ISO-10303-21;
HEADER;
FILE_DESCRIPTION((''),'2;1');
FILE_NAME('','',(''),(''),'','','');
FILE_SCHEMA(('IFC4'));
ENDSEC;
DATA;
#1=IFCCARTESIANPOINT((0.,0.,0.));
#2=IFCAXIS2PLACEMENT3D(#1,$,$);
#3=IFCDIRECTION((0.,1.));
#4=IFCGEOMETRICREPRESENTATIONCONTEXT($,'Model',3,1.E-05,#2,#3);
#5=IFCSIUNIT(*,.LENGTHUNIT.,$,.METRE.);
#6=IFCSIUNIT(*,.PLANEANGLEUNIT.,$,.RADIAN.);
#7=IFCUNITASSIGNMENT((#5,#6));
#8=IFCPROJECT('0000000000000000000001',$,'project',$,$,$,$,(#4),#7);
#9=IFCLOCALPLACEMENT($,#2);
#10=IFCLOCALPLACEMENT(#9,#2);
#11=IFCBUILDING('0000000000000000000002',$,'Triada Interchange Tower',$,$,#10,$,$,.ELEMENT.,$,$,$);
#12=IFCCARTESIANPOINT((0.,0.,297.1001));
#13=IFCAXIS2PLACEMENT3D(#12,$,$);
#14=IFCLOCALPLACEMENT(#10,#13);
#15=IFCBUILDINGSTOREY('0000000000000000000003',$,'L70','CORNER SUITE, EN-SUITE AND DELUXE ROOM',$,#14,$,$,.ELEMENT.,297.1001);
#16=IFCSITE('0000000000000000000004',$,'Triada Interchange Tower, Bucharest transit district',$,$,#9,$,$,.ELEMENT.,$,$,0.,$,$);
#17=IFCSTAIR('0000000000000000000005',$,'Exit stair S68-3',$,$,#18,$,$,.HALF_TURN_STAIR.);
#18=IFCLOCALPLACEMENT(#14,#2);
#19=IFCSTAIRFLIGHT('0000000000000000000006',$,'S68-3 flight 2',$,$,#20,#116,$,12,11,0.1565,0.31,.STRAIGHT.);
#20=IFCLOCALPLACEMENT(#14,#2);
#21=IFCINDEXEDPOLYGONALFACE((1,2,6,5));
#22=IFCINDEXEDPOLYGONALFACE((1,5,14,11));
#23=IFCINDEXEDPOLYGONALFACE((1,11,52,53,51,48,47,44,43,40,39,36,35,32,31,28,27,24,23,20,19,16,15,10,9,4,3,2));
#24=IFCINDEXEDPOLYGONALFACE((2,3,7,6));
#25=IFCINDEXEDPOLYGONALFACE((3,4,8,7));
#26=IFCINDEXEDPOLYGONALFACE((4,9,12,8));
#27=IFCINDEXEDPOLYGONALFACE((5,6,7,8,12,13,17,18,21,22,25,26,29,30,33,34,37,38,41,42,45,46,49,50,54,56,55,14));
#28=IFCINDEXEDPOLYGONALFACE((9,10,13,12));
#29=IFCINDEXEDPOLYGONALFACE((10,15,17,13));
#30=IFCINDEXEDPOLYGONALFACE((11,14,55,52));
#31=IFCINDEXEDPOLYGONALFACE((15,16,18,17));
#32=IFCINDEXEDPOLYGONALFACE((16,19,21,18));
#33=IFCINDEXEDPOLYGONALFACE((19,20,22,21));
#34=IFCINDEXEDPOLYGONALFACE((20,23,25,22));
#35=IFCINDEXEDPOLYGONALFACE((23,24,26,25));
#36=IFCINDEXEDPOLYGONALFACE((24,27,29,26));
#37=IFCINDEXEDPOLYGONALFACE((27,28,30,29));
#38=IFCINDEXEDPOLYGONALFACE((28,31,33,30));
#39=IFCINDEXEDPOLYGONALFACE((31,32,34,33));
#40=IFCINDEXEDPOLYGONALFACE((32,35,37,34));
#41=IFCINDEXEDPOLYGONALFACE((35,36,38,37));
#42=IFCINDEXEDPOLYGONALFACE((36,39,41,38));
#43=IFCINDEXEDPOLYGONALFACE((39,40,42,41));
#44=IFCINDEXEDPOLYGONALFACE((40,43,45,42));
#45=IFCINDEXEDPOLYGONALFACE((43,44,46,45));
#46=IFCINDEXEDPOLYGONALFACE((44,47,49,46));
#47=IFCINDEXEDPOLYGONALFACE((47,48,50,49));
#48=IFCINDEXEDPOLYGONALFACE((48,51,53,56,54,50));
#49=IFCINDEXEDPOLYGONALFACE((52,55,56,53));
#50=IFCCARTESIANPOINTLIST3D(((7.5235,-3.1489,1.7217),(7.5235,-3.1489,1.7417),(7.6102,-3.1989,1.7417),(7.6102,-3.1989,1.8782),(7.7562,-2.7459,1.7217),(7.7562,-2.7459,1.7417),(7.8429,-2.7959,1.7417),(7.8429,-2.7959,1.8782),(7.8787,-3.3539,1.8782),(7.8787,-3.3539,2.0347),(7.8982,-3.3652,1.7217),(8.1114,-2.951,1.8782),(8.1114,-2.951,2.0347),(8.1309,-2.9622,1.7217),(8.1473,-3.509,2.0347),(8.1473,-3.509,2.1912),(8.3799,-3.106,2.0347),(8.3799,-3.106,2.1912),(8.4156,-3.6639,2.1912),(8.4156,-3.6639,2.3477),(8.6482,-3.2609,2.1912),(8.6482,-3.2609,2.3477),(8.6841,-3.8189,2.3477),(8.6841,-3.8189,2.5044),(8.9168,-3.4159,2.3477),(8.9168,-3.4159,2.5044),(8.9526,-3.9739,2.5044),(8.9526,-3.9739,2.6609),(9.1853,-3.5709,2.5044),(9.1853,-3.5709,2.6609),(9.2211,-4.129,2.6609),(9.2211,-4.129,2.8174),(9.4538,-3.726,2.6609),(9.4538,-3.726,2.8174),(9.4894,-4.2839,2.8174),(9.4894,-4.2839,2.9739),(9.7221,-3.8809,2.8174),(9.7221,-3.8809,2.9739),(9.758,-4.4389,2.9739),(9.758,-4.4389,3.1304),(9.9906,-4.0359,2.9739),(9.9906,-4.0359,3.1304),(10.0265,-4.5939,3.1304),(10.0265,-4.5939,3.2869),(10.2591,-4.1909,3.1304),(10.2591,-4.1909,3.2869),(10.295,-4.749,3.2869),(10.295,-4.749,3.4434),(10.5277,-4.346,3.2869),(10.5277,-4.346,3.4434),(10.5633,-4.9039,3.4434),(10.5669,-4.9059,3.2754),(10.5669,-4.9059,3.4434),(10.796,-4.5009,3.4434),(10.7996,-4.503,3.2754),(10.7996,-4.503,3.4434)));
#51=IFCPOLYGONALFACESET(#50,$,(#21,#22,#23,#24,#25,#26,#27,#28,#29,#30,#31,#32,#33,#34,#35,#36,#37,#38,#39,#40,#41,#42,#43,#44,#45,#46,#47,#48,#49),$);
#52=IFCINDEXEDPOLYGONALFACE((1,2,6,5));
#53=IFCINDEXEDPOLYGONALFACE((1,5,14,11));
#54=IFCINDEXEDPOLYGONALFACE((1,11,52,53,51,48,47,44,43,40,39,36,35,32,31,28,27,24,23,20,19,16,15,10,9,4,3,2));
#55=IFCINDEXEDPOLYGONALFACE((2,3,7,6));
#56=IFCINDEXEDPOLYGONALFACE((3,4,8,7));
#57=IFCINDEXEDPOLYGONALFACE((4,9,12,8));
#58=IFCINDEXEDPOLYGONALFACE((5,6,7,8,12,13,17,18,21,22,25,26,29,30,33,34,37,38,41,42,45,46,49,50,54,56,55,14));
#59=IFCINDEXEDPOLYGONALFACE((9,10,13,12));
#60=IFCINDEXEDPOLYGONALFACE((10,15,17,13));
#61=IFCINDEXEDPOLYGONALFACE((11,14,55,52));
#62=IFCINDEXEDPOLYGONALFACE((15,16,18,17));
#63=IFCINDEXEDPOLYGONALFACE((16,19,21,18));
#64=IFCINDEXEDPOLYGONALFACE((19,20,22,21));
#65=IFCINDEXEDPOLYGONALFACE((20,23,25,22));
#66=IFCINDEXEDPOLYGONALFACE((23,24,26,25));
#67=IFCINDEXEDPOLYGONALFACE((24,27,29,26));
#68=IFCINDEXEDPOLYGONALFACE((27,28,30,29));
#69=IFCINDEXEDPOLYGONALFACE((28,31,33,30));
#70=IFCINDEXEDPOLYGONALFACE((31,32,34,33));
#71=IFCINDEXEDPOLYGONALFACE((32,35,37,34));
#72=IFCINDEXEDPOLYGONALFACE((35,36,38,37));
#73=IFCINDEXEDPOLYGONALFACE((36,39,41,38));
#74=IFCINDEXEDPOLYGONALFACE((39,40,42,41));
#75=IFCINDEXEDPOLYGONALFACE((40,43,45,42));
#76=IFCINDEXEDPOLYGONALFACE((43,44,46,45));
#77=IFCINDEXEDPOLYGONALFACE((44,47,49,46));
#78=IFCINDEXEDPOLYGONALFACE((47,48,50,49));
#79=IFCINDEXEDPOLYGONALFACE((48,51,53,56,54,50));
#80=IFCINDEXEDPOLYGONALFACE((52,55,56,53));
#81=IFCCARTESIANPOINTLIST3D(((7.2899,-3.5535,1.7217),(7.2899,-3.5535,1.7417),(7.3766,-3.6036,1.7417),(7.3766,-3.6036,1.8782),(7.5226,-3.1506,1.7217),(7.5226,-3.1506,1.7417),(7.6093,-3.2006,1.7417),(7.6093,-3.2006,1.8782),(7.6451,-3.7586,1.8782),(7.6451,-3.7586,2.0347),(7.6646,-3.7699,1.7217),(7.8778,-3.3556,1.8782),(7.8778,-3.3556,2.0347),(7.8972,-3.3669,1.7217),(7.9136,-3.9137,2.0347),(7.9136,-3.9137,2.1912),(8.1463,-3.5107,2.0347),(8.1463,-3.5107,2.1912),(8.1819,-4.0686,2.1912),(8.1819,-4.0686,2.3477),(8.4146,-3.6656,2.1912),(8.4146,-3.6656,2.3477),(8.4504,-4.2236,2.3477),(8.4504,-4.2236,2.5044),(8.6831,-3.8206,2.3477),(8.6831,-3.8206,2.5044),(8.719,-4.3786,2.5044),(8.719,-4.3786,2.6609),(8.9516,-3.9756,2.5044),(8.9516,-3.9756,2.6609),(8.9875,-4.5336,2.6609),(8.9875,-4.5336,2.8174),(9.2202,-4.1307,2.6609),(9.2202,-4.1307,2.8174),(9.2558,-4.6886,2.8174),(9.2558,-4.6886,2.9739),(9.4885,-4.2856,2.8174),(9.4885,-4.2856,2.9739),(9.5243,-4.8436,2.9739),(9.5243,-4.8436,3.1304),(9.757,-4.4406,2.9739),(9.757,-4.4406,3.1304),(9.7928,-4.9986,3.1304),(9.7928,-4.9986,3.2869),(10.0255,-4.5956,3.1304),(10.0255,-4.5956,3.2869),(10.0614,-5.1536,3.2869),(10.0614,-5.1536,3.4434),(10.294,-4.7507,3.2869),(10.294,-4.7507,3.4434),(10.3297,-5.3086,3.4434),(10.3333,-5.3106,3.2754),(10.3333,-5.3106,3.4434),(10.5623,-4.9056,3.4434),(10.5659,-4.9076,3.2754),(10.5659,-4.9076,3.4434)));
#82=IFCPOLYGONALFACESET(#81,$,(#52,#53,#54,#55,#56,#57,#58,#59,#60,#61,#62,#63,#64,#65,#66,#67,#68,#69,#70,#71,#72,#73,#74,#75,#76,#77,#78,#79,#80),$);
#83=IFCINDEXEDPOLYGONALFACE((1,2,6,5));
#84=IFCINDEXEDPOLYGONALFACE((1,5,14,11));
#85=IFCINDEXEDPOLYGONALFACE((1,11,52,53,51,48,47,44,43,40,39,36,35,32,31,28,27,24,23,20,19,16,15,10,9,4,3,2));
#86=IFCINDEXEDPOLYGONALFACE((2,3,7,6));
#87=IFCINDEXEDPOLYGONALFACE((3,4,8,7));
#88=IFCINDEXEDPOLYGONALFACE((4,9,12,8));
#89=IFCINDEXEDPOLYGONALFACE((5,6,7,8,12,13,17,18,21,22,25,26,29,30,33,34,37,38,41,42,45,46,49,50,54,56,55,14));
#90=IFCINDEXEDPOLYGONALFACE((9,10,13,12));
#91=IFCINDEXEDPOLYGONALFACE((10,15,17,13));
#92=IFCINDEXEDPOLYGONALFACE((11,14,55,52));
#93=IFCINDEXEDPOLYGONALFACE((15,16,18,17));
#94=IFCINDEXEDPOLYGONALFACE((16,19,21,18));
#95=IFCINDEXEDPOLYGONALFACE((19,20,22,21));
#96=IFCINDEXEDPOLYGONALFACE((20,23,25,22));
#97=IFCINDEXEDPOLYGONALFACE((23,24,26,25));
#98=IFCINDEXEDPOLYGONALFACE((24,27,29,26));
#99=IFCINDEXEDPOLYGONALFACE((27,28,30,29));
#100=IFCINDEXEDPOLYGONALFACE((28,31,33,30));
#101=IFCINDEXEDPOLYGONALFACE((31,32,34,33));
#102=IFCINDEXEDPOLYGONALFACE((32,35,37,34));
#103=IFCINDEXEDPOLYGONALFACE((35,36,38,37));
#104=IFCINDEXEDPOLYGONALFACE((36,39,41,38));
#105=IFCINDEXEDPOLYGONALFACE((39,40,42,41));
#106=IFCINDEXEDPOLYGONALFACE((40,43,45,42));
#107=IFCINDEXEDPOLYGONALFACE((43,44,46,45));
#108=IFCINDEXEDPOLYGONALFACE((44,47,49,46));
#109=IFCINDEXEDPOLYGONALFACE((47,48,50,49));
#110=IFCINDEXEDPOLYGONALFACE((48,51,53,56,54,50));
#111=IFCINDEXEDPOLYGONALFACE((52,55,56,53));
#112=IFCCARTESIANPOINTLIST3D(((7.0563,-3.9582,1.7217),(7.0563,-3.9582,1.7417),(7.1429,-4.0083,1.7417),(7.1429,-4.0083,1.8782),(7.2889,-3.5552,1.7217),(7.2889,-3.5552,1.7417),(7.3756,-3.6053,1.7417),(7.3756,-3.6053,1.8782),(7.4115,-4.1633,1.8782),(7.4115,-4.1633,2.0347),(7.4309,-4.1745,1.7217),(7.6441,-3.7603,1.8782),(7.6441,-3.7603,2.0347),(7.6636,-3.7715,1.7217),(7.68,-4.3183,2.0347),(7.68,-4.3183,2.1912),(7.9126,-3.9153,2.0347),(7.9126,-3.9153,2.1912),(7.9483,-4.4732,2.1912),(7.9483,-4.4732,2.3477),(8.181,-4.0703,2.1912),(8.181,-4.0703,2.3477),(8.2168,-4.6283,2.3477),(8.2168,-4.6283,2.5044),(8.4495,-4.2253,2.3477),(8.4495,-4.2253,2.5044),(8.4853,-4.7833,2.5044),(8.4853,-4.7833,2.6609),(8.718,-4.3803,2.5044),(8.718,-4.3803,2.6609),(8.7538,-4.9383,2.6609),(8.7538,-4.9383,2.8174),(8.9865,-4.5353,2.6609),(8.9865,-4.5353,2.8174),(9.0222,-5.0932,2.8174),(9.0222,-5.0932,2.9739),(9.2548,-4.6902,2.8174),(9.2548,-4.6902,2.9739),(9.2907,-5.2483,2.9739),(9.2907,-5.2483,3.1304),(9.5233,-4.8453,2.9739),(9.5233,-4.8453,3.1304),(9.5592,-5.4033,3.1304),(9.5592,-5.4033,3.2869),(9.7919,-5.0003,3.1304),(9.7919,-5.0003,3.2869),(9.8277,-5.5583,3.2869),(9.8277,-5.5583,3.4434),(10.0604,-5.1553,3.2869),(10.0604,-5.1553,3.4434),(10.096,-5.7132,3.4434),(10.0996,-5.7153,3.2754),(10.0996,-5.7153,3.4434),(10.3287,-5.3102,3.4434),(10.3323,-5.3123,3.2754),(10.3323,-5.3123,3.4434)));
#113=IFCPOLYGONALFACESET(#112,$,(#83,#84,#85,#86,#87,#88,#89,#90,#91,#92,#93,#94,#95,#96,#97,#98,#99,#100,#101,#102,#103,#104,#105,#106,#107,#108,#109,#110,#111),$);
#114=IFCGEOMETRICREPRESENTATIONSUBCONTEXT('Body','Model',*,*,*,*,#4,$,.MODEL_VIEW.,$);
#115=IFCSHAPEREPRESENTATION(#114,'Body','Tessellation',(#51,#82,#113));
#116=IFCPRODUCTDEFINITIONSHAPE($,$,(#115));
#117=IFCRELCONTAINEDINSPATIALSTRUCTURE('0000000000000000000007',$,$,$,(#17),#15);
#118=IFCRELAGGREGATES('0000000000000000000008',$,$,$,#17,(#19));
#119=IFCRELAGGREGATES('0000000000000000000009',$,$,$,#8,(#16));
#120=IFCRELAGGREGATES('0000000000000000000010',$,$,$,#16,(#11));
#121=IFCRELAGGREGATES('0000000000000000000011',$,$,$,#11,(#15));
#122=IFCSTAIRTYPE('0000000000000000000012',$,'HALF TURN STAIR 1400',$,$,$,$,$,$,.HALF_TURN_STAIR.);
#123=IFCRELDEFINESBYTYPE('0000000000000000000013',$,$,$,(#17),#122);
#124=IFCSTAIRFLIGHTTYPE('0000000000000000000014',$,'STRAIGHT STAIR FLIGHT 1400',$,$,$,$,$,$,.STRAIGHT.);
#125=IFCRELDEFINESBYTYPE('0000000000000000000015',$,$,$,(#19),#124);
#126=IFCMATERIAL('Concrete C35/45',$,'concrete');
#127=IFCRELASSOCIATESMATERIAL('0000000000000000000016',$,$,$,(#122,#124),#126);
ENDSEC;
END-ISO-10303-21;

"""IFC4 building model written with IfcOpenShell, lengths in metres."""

from ifc_helpers import new_model, si_unit, direction, frame, origin, place, context, subcontext, project, spatial, polyline, outline, extrude, material, type_object, element, aggregate, save


model = new_model("IFC4")

# Units and contexts
model_context = context("Model", 3, precision=1e-05, world=origin(), true_north=direction((0.0, 1.0)))
body_context = subcontext(model_context, "Body", "Model", "MODEL_VIEW")
ifc_project = project(units=[si_unit("LENGTHUNIT", "METRE"), si_unit("PLANEANGLEUNIT", "RADIAN")], contexts=[model_context])

# Site, building, storey
site_placement = place(None, origin())
site = spatial("IfcSite", under=ifc_project, at=site_placement, Name="Triada Interchange Tower, Bucharest transit district", CompositionType="ELEMENT", RefElevation=0.0)
building_placement = place(site_placement, origin())
building = spatial("IfcBuilding", under=site, at=building_placement, Name="Triada Interchange Tower", CompositionType="ELEMENT")
storey_placement = place(building_placement, frame((0.0, 0.0, 297.1001)))
storey = spatial("IfcBuildingStorey", under=building, at=storey_placement, Name="L70", Description="CORNER SUITE, EN-SUITE AND DELUXE ROOM", CompositionType="ELEMENT", Elevation=297.1001)

# Stair, stair flight
ifc_material_1 = material(Name="Concrete C35/45", Category="concrete")
stair_type = type_object("IfcStairType", Name="HALF TURN STAIR 1400", PredefinedType="HALF_TURN_STAIR", material=ifc_material_1)
stair_placement = place(storey_placement, origin())
stair = element("IfcStair", 1, at=stair_placement, inside=storey, type_object=stair_type, Name="Exit stair S68-3", PredefinedType="HALF_TURN_STAIR")
stair_flight_type = type_object("IfcStairFlightType", Name="STRAIGHT STAIR FLIGHT 1400", PredefinedType="STRAIGHT", material=ifc_material_1)
stair_flight_1_placement = place(storey_placement, frame((7.4929, -3.4021, 1.7217), z_axis=(0.0, 0.0, 1.0), x_axis=(0.866025, -0.5, 0.0)))
stair_flight_1 = element("IfcStairFlight", 2, at=stair_flight_1_placement, type_object=stair_flight_type, Name="S68-3 flight 2", NumberOfRisers=12, NumberOfTreads=11, PredefinedType="STRAIGHT", RiserHeight=0.1565, TreadLength=0.31, context=body_context, shape_type="SweptSolid", body=[
    extrude(outline(polyline([(-0.1001, 0.0), (-0.1001, 0.02), (0.0, 0.02), (0.0, 0.1565), (0.3101, 0.1565), (0.3101, 0.313), (0.6201, 0.313), (0.6201, 0.4695), (0.9299, 0.4695), (0.9299, 0.626), (1.24, 0.626), (1.24, 0.7827), (1.55, 0.7827), (1.55, 0.9392), (1.8601, 0.9392), (1.8601, 1.0957), (2.1699, 1.0957), (2.1699, 1.2522), (2.48, 1.2522), (2.48, 1.4087), (2.79, 1.4087), (2.79, 1.5652), (3.1001, 1.5652), (3.1001, 1.7217), (3.4099, 1.7217), (3.4141, 1.7217), (3.4141, 1.8782), (3.4141, 1.5537), (0.3325, 0.0), (-0.1001, 0.0)])), frame((0.0, 0.7, 0.0), z_axis=(0.0, -1.0, 0.0), x_axis=(1.0, 0.0, 0.0)), (0.0, 0.0, 1.0), 0.4653),
    extrude(outline(polyline([(-0.1001, 0.0), (-0.1001, 0.02), (0.0, 0.02), (0.0, 0.1565), (0.3101, 0.1565), (0.3101, 0.313), (0.6201, 0.313), (0.6201, 0.4695), (0.9299, 0.4695), (0.9299, 0.626), (1.24, 0.626), (1.24, 0.7827), (1.55, 0.7827), (1.55, 0.9392), (1.8601, 0.9392), (1.8601, 1.0957), (2.1699, 1.0957), (2.1699, 1.2522), (2.48, 1.2522), (2.48, 1.4087), (2.79, 1.4087), (2.79, 1.5652), (3.1001, 1.5652), (3.1001, 1.7217), (3.4099, 1.7217), (3.4141, 1.7217), (3.4141, 1.8782), (3.4141, 1.5537), (0.3325, 0.0), (-0.1001, 0.0)])), frame((0.0, 0.2327, 0.0), z_axis=(0.0, -1.0, 0.0), x_axis=(1.0, 0.0, 0.0)), (0.0, 0.0, 1.0), 0.4653),
    extrude(outline(polyline([(-0.1001, 0.0), (-0.1001, 0.02), (0.0, 0.02), (0.0, 0.1565), (0.3101, 0.1565), (0.3101, 0.313), (0.6201, 0.313), (0.6201, 0.4695), (0.9299, 0.4695), (0.9299, 0.626), (1.24, 0.626), (1.24, 0.7827), (1.55, 0.7827), (1.55, 0.9392), (1.8601, 0.9392), (1.8601, 1.0957), (2.1699, 1.0957), (2.1699, 1.2522), (2.48, 1.2522), (2.48, 1.4087), (2.79, 1.4087), (2.79, 1.5652), (3.1001, 1.5652), (3.1001, 1.7217), (3.4099, 1.7217), (3.4141, 1.7217), (3.4141, 1.8782), (3.4141, 1.5537), (0.3325, 0.0), (-0.1001, 0.0)])), frame((0.0, -0.2346, 0.0), z_axis=(0.0, -1.0, 0.0), x_axis=(1.0, 0.0, 0.0)), (0.0, 0.0, 1.0), 0.4653),
])
aggregate(stair, [stair_flight_1])

save(model, "model.ifc")
